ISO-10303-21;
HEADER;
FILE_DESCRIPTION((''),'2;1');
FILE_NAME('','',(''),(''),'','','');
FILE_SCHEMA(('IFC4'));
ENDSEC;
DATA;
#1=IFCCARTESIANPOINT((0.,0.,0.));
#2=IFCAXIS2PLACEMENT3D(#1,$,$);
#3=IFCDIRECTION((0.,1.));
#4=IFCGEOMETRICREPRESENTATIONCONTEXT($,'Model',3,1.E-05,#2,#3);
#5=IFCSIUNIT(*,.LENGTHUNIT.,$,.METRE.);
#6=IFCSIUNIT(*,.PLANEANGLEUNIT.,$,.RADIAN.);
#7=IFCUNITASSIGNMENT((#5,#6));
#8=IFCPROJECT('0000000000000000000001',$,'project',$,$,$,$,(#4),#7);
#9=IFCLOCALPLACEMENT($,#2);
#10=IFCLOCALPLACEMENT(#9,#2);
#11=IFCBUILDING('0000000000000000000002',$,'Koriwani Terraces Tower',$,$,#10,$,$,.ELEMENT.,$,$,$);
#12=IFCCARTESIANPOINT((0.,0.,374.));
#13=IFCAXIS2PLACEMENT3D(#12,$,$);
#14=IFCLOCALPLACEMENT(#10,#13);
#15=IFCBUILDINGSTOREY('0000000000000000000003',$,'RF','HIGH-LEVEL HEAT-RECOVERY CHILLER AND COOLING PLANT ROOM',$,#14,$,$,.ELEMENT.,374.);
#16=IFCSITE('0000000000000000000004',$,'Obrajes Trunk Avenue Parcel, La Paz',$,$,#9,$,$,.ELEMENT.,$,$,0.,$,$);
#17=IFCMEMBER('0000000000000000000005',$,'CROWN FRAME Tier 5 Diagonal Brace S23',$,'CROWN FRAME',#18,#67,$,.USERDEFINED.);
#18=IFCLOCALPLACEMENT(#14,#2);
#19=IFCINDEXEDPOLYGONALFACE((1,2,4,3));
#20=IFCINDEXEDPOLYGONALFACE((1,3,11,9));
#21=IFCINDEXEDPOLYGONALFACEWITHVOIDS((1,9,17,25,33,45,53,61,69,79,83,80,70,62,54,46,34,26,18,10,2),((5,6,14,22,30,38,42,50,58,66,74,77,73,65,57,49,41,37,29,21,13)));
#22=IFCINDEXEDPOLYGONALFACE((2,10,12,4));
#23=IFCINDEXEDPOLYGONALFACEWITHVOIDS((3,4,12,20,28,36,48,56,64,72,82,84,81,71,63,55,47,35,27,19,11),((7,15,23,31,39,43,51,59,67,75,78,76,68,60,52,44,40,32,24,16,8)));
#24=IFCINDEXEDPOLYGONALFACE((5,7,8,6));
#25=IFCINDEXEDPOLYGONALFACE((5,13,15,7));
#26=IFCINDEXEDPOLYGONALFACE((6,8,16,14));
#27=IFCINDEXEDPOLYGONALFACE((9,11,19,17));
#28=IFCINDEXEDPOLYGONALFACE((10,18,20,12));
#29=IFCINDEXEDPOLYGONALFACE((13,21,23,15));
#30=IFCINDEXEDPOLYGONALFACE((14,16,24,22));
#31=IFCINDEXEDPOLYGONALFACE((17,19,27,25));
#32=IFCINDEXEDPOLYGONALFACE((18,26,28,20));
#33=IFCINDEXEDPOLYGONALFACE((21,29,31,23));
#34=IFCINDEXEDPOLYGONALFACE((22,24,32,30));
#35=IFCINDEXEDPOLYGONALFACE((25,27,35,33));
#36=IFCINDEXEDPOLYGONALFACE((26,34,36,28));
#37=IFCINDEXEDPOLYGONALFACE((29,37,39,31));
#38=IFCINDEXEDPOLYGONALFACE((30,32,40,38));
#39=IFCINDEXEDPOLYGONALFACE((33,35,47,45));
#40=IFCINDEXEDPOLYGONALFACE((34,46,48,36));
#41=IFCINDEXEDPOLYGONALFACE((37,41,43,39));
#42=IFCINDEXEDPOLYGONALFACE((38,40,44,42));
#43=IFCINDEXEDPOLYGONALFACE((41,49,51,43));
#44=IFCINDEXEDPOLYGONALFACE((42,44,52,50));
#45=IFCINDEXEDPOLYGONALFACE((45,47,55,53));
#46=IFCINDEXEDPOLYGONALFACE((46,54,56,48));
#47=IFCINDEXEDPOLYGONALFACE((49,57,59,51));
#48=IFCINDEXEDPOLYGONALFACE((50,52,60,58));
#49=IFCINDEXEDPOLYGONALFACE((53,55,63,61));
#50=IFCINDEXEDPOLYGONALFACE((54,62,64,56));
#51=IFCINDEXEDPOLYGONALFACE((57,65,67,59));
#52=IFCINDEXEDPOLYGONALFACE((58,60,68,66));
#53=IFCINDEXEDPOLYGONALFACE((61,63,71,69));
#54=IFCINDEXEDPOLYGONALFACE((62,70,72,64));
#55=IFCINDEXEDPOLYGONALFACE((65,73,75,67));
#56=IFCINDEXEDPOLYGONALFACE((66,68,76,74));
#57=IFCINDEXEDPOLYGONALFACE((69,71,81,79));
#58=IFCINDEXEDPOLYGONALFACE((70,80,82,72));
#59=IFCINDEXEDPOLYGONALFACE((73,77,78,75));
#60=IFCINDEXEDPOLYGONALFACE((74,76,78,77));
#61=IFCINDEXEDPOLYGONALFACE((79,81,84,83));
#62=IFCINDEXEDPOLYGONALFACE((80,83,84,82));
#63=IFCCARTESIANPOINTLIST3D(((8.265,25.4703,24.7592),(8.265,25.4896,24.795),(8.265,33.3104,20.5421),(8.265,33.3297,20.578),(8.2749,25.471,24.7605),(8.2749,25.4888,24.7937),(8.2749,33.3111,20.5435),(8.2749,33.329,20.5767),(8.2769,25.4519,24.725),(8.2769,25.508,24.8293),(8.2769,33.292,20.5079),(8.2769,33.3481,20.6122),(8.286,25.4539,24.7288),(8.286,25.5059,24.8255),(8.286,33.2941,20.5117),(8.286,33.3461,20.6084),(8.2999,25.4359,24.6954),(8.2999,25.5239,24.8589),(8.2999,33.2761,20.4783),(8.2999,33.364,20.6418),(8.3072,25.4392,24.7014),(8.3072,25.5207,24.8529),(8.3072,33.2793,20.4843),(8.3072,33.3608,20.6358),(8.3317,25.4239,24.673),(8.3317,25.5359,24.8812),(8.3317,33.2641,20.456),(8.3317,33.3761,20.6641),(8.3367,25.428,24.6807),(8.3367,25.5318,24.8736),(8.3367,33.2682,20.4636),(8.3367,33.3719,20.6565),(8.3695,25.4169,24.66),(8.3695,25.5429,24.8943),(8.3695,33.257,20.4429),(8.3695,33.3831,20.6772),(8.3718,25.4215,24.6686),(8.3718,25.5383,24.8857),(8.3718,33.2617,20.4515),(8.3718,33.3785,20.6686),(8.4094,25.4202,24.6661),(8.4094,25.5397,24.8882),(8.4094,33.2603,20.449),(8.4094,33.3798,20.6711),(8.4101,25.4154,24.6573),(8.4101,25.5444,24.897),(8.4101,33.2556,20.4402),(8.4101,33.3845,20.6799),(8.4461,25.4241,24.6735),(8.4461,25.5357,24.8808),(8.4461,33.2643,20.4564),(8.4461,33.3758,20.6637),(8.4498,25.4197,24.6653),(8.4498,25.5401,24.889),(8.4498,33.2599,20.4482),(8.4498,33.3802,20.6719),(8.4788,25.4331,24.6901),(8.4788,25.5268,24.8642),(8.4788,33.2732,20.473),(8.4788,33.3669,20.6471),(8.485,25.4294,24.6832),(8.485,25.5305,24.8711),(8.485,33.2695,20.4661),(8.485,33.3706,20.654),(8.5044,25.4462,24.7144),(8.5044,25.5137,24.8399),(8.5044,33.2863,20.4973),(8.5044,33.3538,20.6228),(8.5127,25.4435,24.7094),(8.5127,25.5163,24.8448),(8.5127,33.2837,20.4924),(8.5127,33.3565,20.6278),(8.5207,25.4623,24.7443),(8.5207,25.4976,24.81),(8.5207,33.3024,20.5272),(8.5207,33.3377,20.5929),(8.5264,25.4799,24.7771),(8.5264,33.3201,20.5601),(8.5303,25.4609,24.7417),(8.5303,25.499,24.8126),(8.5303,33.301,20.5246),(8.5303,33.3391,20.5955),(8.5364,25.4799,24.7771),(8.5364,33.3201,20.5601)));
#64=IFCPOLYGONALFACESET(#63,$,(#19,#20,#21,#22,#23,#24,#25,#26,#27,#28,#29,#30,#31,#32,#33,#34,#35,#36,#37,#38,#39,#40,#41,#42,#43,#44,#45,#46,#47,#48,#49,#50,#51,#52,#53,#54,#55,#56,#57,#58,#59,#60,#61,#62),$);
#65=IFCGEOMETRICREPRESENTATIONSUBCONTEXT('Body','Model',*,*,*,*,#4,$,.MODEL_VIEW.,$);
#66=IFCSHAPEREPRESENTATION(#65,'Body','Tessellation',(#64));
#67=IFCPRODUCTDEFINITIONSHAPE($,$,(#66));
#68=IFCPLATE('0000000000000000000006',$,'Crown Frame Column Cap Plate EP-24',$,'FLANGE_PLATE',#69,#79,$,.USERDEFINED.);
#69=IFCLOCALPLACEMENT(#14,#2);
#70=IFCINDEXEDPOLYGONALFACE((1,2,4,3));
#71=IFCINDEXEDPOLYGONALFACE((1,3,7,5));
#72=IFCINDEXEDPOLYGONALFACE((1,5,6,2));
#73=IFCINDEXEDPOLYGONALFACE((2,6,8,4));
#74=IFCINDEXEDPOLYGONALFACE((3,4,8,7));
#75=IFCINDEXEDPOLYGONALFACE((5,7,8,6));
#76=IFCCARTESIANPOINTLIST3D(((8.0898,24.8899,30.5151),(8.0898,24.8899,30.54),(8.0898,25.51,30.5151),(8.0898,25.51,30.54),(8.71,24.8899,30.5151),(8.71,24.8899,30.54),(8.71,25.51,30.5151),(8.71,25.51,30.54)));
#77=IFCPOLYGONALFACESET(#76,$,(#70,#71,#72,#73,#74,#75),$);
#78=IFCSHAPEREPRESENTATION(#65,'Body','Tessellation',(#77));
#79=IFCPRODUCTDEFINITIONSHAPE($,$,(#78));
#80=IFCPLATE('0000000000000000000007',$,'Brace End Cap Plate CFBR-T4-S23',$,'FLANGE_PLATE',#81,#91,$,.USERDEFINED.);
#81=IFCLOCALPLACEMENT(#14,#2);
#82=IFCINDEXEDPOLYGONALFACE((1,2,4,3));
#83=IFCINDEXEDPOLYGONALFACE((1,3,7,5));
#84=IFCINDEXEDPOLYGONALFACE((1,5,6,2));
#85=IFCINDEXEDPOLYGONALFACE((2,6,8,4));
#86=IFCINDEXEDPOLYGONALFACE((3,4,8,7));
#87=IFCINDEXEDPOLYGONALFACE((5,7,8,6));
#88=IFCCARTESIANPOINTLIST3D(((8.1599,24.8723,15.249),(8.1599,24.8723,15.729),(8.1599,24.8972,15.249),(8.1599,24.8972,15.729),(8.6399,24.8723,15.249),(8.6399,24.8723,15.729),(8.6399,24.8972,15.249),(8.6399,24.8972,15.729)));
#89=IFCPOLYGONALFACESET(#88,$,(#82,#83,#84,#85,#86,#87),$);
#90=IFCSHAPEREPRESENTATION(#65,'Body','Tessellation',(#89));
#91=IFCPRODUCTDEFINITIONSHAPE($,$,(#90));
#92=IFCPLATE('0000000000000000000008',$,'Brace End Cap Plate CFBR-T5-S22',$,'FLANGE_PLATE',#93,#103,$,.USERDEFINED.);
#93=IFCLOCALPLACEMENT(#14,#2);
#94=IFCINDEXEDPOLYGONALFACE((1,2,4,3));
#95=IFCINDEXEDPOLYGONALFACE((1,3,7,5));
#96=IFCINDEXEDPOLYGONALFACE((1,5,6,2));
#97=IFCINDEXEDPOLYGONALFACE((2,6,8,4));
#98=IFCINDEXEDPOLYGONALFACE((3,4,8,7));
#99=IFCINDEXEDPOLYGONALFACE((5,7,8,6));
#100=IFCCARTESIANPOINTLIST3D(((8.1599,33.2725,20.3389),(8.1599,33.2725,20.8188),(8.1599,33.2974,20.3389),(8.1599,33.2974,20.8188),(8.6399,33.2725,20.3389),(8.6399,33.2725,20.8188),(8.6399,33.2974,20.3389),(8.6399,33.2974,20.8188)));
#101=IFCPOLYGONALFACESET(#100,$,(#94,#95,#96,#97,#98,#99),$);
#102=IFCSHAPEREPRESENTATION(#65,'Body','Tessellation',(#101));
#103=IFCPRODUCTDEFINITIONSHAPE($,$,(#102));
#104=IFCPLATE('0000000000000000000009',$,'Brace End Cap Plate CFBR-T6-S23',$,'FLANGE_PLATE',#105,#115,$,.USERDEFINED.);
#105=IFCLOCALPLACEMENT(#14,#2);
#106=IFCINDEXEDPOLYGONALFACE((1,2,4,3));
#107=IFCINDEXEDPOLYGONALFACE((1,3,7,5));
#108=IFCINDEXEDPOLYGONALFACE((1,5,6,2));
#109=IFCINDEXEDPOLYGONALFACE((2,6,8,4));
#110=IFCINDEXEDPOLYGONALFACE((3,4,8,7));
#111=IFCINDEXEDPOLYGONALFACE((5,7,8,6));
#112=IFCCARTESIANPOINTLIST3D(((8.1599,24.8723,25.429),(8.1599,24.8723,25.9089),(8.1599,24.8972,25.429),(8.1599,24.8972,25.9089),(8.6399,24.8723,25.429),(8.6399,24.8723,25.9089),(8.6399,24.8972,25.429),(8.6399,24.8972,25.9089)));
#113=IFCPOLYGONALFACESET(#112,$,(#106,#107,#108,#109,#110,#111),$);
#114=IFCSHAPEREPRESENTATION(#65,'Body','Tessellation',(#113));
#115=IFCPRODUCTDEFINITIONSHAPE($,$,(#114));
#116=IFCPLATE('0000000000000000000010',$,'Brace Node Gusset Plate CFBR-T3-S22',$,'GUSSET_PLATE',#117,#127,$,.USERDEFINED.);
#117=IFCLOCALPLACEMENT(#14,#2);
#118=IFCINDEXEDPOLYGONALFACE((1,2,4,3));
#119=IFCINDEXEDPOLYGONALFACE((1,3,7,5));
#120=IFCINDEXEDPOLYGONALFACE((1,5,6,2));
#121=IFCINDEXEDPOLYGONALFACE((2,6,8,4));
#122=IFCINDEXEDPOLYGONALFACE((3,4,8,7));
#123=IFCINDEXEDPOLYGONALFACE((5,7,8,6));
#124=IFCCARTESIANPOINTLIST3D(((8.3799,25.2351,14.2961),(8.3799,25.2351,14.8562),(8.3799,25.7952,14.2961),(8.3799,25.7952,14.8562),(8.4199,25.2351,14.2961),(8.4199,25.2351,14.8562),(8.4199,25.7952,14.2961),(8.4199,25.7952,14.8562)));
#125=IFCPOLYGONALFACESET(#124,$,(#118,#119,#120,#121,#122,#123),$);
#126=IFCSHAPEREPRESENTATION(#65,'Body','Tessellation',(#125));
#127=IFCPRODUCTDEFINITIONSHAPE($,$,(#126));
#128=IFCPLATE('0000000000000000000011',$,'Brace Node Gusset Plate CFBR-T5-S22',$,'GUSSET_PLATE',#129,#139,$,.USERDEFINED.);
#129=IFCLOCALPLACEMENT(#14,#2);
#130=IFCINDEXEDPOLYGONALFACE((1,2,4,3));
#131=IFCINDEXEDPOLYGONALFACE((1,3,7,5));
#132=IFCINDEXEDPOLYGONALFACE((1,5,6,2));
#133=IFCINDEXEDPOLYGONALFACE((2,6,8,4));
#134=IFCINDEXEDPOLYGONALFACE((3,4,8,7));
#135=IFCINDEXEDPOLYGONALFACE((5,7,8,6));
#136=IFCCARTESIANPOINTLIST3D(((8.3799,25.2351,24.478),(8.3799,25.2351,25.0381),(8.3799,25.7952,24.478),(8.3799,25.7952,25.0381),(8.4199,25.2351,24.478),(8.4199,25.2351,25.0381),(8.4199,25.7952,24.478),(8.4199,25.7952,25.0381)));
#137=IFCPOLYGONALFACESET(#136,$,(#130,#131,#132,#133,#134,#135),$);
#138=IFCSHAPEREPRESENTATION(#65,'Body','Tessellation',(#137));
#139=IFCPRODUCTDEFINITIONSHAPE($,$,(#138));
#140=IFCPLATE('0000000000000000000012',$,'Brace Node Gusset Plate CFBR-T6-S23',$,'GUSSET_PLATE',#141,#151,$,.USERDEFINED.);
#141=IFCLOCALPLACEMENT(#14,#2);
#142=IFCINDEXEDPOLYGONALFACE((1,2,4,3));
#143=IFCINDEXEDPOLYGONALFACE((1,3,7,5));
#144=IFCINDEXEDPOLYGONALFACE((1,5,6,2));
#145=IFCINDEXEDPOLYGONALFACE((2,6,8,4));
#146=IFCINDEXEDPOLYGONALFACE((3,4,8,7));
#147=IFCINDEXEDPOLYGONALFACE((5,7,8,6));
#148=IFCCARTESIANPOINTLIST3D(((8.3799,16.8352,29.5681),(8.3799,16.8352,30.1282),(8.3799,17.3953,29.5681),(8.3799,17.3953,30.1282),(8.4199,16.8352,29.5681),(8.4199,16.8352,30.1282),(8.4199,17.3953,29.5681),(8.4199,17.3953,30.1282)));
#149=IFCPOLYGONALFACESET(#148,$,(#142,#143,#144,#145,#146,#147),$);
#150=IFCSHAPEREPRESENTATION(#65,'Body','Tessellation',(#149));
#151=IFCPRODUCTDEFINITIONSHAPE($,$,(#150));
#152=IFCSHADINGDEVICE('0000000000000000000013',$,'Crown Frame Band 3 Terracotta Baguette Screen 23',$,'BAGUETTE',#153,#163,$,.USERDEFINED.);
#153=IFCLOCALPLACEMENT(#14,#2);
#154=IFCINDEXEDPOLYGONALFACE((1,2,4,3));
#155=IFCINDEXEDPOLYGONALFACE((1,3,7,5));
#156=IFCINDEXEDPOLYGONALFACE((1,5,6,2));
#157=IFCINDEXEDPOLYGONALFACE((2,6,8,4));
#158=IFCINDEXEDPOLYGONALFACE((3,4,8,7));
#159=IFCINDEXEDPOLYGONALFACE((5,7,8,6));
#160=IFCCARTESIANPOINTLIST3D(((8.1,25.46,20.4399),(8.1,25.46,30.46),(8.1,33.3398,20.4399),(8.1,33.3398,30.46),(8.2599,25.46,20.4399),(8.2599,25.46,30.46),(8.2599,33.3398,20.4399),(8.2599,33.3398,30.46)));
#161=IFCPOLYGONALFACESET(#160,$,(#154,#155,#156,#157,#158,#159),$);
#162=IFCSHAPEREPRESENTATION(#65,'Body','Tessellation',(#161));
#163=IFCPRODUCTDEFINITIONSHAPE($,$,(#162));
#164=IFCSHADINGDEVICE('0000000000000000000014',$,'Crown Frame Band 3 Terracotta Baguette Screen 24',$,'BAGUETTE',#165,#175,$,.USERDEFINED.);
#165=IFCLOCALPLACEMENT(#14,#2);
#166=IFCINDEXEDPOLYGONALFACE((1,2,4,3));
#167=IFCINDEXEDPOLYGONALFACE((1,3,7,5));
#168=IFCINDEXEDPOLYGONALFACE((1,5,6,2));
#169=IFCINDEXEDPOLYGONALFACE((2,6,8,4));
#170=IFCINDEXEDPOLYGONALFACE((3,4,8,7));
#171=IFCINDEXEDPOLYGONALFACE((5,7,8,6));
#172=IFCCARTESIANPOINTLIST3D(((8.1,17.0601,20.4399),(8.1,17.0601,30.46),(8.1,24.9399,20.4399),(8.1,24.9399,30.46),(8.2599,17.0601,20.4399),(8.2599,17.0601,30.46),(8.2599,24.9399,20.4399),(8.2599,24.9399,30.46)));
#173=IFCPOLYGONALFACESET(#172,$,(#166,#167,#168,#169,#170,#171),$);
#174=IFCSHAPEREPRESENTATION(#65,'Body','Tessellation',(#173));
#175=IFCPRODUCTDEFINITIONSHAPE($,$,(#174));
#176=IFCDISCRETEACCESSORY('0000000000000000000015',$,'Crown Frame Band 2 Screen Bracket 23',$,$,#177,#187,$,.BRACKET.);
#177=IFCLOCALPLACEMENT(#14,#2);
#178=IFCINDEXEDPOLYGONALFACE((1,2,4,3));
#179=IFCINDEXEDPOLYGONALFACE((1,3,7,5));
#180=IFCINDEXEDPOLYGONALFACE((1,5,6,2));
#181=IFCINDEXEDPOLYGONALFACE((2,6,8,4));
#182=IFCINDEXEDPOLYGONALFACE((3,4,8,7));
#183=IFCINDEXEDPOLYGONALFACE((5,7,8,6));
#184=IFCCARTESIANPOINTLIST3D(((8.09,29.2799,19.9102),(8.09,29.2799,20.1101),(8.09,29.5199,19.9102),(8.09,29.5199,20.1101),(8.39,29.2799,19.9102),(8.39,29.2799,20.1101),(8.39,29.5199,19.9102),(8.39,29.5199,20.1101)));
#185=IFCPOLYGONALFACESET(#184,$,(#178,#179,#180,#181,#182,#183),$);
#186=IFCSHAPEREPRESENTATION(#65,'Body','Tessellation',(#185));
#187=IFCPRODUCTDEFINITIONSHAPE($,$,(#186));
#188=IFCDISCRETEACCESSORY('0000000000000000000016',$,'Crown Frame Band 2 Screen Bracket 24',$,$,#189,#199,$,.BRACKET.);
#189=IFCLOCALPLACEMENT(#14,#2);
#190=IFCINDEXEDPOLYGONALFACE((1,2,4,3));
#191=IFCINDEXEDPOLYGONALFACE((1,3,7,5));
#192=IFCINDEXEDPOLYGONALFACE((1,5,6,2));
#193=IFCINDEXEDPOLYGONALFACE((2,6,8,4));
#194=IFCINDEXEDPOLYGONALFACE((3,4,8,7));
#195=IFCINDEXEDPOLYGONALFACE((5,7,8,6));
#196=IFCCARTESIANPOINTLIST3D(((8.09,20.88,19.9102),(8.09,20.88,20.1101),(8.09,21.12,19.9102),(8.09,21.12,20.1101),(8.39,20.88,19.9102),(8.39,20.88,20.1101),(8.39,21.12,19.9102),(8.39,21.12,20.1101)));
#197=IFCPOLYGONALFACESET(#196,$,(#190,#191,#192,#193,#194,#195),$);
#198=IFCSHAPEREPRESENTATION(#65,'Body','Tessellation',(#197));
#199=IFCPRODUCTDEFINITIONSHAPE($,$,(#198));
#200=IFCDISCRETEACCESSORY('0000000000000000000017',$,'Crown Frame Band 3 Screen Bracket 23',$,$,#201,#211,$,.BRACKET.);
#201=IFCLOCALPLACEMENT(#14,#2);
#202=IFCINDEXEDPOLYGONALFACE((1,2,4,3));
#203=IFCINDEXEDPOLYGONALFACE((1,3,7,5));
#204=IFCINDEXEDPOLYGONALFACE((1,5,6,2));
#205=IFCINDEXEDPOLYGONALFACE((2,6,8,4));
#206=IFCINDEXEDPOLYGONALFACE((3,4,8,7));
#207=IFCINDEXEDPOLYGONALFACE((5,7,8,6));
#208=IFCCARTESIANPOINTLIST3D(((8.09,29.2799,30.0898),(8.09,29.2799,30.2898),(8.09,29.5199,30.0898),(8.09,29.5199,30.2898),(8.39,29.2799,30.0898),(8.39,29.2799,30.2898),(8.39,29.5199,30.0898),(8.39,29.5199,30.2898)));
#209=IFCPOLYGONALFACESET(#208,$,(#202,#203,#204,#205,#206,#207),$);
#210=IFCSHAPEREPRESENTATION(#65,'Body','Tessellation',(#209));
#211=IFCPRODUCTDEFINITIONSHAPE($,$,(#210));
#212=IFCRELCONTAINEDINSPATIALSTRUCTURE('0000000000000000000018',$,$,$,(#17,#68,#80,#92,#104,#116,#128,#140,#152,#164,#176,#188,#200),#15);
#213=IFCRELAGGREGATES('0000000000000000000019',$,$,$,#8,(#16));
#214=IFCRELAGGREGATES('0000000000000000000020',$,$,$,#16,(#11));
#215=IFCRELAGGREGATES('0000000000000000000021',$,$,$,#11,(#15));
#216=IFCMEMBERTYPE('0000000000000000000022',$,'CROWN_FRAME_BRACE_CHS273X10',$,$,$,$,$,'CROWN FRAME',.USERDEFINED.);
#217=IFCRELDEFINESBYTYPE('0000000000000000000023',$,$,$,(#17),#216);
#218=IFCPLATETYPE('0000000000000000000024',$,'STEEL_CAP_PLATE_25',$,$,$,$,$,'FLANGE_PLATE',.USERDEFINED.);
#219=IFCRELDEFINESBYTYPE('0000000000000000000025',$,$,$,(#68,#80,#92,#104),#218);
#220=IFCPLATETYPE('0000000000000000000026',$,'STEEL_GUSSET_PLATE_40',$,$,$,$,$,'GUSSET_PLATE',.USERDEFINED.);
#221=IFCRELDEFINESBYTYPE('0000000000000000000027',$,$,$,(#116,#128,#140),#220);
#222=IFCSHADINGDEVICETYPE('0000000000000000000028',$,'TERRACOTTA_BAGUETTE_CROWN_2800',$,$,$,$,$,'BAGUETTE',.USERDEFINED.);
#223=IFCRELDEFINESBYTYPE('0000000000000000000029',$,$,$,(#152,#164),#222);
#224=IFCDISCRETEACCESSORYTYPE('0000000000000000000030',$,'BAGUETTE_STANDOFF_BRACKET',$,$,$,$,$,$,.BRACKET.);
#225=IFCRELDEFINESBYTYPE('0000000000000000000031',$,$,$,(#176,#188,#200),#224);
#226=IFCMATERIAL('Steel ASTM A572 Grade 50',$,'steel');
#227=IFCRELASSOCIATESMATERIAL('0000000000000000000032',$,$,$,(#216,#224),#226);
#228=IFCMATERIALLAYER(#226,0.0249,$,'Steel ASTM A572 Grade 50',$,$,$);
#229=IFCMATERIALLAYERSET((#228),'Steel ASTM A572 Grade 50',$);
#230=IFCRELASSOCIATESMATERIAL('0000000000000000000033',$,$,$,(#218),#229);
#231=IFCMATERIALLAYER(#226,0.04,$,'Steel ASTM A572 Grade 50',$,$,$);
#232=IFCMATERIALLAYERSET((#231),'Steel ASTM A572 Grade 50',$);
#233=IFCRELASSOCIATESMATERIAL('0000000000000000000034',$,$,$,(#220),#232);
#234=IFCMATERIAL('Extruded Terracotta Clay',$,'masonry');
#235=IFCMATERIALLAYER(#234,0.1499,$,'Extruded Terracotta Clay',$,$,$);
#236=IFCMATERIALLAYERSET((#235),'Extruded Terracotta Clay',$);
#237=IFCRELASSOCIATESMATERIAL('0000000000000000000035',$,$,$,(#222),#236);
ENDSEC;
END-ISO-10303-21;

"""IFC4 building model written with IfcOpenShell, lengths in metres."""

from ifc_helpers import new_model, si_unit, direction, frame, origin, origin_2d, place, context, subcontext, project, spatial, rectangle, hollow_circle, extrude, material, layer, layer_set, material_profile, profile_set, type_object, element, save


model = new_model("IFC4")

# Units and contexts
model_context = context("Model", 3, precision=1e-05, world=origin(), true_north=direction((0.0, 1.0)))
body_context = subcontext(model_context, "Body", "Model", "MODEL_VIEW")
ifc_project = project(units=[si_unit("LENGTHUNIT", "METRE"), si_unit("PLANEANGLEUNIT", "RADIAN")], contexts=[model_context])

# Site, building, storey
site_placement = place(None, origin())
site = spatial("IfcSite", under=ifc_project, at=site_placement, Name="Obrajes Trunk Avenue Parcel, La Paz", CompositionType="ELEMENT", RefElevation=0.0)
building_placement = place(site_placement, origin())
building = spatial("IfcBuilding", under=site, at=building_placement, Name="Koriwani Terraces Tower", CompositionType="ELEMENT")
storey_placement = place(building_placement, frame((0.0, 0.0, 374.0)))
storey = spatial("IfcBuildingStorey", under=building, at=storey_placement, Name="RF", Description="HIGH-LEVEL HEAT-RECOVERY CHILLER AND COOLING PLANT ROOM", CompositionType="ELEMENT", Elevation=374.0)

# Shared definitions
ifc_material_1 = material(Name="Steel ASTM A572 Grade 50", Category="steel")

# Member
ifc_material_profile_1 = material_profile(ifc_material_1, hollow_circle(Radius=0.1365, WallThickness=0.01, at=origin_2d()), Name="Steel ASTM A572 Grade 50", Category="LoadBearing")
ifc_profile_set_1 = profile_set([ifc_material_profile_1], Name="Steel ASTM A572 Grade 50")
member_type_1 = type_object("IfcMemberType", Name="CROWN_FRAME_BRACE_CHS273X10", ElementType="CROWN FRAME", PredefinedType="USERDEFINED", material=ifc_profile_set_1)
member_placement = place(storey_placement, frame((8.3999, 33.3201, 20.5601), z_axis=(0.0, -0.880684, 0.473704), x_axis=(1.0, 0.0, 0.0)))
element("IfcMember", 1, at=member_placement, inside=storey, type_object=member_type_1, Name="CROWN FRAME Tier 5 Diagonal Brace S23", ObjectType="CROWN FRAME", PredefinedType="USERDEFINED", context=body_context, shape_type="SweptSolid", body=[
    extrude(hollow_circle(Radius=0.1365, WallThickness=0.01, at=origin_2d()), origin(), (0.0, 0.0, 1.0), 8.9023),
])

# Plates
ifc_layer_1 = layer(ifc_material_1, 0.0249, Name="Steel ASTM A572 Grade 50")
ifc_layer_set_1 = layer_set([ifc_layer_1], Name="Steel ASTM A572 Grade 50")
plate_type_1 = type_object("IfcPlateType", Name="STEEL_CAP_PLATE_25", ElementType="FLANGE_PLATE", PredefinedType="USERDEFINED", material=ifc_layer_set_1)
plate_placement = place(storey_placement, frame((8.3999, 25.2, 30.5151), z_axis=(0.0, 0.0, 1.0), x_axis=(1.0, 0.0, 0.0)))
element("IfcPlate", 2, at=plate_placement, inside=storey, type_object=plate_type_1, Name="Crown Frame Column Cap Plate EP-24", ObjectType="FLANGE_PLATE", PredefinedType="USERDEFINED", context=body_context, shape_type="SweptSolid", body=[
    extrude(rectangle(XDim=0.6201, YDim=0.6201, at=origin_2d()), origin(), (0.0, 0.0, 1.0), 0.0249),
])
for number, where, z_axis, x_axis, name in (
    (3, (8.3999, 24.8848, 15.249), (0.0, 0.0, 1.0), (0.0, -1.0, 0.0), "Brace End Cap Plate CFBR-T4-S23"),
    (4, (8.3999, 33.2849, 20.3389), (0.0, 0.0, 1.0), (0.0, -1.0, 0.0), "Brace End Cap Plate CFBR-T5-S22"),
    (5, (8.3999, 24.8848, 25.429), (0.0, 0.0, 1.0), (0.0, -1.0, 0.0), "Brace End Cap Plate CFBR-T6-S23"),
):
    element("IfcPlate", number, at=place(storey_placement, frame(where, z_axis=z_axis, x_axis=x_axis)), inside=storey, type_object=plate_type_1, Name=name, ObjectType="FLANGE_PLATE", PredefinedType="USERDEFINED", context=body_context, shape_type="SweptSolid", body=[
        extrude(rectangle(XDim=0.0249, YDim=0.48, at=origin_2d()), origin(), (0.0, 0.0, 1.0), 0.48),
    ])
ifc_layer_2 = layer(ifc_material_1, 0.04, Name="Steel ASTM A572 Grade 50")
ifc_layer_set_2 = layer_set([ifc_layer_2], Name="Steel ASTM A572 Grade 50")
plate_type_2 = type_object("IfcPlateType", Name="STEEL_GUSSET_PLATE_40", ElementType="GUSSET_PLATE", PredefinedType="USERDEFINED", material=ifc_layer_set_2)
for number, where, z_axis, x_axis, name in (
    (6, (8.3999, 25.5151, 14.2961), (0.0, 0.0, 1.0), (0.0, -1.0, 0.0), "Brace Node Gusset Plate CFBR-T3-S22"),
    (7, (8.3999, 25.5151, 24.478), (0.0, 0.0, 1.0), (0.0, -1.0, 0.0), "Brace Node Gusset Plate CFBR-T5-S22"),
    (8, (8.3999, 17.1152, 29.5681), (0.0, 0.0, 1.0), (0.0, -1.0, 0.0), "Brace Node Gusset Plate CFBR-T6-S23"),
):
    element("IfcPlate", number, at=place(storey_placement, frame(where, z_axis=z_axis, x_axis=x_axis)), inside=storey, type_object=plate_type_2, Name=name, ObjectType="GUSSET_PLATE", PredefinedType="USERDEFINED", context=body_context, shape_type="SweptSolid", body=[
        extrude(rectangle(XDim=0.5601, YDim=0.04, at=origin_2d()), origin(), (0.0, 0.0, 1.0), 0.5601),
    ])

# Shading devices
ifc_material_2 = material(Name="Extruded Terracotta Clay", Category="masonry")
ifc_layer_3 = layer(ifc_material_2, 0.1499, Name="Extruded Terracotta Clay")
ifc_layer_set_3 = layer_set([ifc_layer_3], Name="Extruded Terracotta Clay")
shading_device_type = type_object("IfcShadingDeviceType", Name="TERRACOTTA_BAGUETTE_CROWN_2800", ElementType="BAGUETTE", PredefinedType="USERDEFINED", material=ifc_layer_set_3)
for number, where, z_axis, x_axis, name in (
    (9, (8.1799, 29.3999, 20.4399), (0.0, 0.0, 1.0), (0.0, -1.0, 0.0), "Crown Frame Band 3 Terracotta Baguette Screen 23"),
    (10, (8.1799, 21.0, 20.4399), (0.0, 0.0, 1.0), (0.0, -1.0, 0.0), "Crown Frame Band 3 Terracotta Baguette Screen 24"),
):
    element("IfcShadingDevice", number, at=place(storey_placement, frame(where, z_axis=z_axis, x_axis=x_axis)), inside=storey, type_object=shading_device_type, Name=name, ObjectType="BAGUETTE", PredefinedType="USERDEFINED", context=body_context, shape_type="SweptSolid", body=[
        extrude(rectangle(XDim=7.8799, YDim=0.1599, at=origin_2d()), origin(), (0.0, 0.0, 1.0), 10.02),
    ])

# Discrete accessories
discrete_accessory_type = type_object("IfcDiscreteAccessoryType", Name="BAGUETTE_STANDOFF_BRACKET", PredefinedType="BRACKET", material=ifc_material_1)
for number, where, z_axis, x_axis, name in (
    (11, (8.24, 29.3999, 19.9102), (0.0, 0.0, 1.0), (0.0, -1.0, 0.0), "Crown Frame Band 2 Screen Bracket 23"),
    (12, (8.24, 21.0, 19.9102), (0.0, 0.0, 1.0), (0.0, -1.0, 0.0), "Crown Frame Band 2 Screen Bracket 24"),
    (13, (8.24, 29.3999, 30.0898), (0.0, 0.0, 1.0), (0.0, -1.0, 0.0), "Crown Frame Band 3 Screen Bracket 23"),
):
    element("IfcDiscreteAccessory", number, at=place(storey_placement, frame(where, z_axis=z_axis, x_axis=x_axis)), inside=storey, type_object=discrete_accessory_type, Name=name, PredefinedType="BRACKET", context=body_context, shape_type="SweptSolid", body=[
        extrude(rectangle(XDim=0.24, YDim=0.3, at=origin_2d()), origin(), (0.0, 0.0, 1.0), 0.2),
    ])

save(model, "model.ifc")
